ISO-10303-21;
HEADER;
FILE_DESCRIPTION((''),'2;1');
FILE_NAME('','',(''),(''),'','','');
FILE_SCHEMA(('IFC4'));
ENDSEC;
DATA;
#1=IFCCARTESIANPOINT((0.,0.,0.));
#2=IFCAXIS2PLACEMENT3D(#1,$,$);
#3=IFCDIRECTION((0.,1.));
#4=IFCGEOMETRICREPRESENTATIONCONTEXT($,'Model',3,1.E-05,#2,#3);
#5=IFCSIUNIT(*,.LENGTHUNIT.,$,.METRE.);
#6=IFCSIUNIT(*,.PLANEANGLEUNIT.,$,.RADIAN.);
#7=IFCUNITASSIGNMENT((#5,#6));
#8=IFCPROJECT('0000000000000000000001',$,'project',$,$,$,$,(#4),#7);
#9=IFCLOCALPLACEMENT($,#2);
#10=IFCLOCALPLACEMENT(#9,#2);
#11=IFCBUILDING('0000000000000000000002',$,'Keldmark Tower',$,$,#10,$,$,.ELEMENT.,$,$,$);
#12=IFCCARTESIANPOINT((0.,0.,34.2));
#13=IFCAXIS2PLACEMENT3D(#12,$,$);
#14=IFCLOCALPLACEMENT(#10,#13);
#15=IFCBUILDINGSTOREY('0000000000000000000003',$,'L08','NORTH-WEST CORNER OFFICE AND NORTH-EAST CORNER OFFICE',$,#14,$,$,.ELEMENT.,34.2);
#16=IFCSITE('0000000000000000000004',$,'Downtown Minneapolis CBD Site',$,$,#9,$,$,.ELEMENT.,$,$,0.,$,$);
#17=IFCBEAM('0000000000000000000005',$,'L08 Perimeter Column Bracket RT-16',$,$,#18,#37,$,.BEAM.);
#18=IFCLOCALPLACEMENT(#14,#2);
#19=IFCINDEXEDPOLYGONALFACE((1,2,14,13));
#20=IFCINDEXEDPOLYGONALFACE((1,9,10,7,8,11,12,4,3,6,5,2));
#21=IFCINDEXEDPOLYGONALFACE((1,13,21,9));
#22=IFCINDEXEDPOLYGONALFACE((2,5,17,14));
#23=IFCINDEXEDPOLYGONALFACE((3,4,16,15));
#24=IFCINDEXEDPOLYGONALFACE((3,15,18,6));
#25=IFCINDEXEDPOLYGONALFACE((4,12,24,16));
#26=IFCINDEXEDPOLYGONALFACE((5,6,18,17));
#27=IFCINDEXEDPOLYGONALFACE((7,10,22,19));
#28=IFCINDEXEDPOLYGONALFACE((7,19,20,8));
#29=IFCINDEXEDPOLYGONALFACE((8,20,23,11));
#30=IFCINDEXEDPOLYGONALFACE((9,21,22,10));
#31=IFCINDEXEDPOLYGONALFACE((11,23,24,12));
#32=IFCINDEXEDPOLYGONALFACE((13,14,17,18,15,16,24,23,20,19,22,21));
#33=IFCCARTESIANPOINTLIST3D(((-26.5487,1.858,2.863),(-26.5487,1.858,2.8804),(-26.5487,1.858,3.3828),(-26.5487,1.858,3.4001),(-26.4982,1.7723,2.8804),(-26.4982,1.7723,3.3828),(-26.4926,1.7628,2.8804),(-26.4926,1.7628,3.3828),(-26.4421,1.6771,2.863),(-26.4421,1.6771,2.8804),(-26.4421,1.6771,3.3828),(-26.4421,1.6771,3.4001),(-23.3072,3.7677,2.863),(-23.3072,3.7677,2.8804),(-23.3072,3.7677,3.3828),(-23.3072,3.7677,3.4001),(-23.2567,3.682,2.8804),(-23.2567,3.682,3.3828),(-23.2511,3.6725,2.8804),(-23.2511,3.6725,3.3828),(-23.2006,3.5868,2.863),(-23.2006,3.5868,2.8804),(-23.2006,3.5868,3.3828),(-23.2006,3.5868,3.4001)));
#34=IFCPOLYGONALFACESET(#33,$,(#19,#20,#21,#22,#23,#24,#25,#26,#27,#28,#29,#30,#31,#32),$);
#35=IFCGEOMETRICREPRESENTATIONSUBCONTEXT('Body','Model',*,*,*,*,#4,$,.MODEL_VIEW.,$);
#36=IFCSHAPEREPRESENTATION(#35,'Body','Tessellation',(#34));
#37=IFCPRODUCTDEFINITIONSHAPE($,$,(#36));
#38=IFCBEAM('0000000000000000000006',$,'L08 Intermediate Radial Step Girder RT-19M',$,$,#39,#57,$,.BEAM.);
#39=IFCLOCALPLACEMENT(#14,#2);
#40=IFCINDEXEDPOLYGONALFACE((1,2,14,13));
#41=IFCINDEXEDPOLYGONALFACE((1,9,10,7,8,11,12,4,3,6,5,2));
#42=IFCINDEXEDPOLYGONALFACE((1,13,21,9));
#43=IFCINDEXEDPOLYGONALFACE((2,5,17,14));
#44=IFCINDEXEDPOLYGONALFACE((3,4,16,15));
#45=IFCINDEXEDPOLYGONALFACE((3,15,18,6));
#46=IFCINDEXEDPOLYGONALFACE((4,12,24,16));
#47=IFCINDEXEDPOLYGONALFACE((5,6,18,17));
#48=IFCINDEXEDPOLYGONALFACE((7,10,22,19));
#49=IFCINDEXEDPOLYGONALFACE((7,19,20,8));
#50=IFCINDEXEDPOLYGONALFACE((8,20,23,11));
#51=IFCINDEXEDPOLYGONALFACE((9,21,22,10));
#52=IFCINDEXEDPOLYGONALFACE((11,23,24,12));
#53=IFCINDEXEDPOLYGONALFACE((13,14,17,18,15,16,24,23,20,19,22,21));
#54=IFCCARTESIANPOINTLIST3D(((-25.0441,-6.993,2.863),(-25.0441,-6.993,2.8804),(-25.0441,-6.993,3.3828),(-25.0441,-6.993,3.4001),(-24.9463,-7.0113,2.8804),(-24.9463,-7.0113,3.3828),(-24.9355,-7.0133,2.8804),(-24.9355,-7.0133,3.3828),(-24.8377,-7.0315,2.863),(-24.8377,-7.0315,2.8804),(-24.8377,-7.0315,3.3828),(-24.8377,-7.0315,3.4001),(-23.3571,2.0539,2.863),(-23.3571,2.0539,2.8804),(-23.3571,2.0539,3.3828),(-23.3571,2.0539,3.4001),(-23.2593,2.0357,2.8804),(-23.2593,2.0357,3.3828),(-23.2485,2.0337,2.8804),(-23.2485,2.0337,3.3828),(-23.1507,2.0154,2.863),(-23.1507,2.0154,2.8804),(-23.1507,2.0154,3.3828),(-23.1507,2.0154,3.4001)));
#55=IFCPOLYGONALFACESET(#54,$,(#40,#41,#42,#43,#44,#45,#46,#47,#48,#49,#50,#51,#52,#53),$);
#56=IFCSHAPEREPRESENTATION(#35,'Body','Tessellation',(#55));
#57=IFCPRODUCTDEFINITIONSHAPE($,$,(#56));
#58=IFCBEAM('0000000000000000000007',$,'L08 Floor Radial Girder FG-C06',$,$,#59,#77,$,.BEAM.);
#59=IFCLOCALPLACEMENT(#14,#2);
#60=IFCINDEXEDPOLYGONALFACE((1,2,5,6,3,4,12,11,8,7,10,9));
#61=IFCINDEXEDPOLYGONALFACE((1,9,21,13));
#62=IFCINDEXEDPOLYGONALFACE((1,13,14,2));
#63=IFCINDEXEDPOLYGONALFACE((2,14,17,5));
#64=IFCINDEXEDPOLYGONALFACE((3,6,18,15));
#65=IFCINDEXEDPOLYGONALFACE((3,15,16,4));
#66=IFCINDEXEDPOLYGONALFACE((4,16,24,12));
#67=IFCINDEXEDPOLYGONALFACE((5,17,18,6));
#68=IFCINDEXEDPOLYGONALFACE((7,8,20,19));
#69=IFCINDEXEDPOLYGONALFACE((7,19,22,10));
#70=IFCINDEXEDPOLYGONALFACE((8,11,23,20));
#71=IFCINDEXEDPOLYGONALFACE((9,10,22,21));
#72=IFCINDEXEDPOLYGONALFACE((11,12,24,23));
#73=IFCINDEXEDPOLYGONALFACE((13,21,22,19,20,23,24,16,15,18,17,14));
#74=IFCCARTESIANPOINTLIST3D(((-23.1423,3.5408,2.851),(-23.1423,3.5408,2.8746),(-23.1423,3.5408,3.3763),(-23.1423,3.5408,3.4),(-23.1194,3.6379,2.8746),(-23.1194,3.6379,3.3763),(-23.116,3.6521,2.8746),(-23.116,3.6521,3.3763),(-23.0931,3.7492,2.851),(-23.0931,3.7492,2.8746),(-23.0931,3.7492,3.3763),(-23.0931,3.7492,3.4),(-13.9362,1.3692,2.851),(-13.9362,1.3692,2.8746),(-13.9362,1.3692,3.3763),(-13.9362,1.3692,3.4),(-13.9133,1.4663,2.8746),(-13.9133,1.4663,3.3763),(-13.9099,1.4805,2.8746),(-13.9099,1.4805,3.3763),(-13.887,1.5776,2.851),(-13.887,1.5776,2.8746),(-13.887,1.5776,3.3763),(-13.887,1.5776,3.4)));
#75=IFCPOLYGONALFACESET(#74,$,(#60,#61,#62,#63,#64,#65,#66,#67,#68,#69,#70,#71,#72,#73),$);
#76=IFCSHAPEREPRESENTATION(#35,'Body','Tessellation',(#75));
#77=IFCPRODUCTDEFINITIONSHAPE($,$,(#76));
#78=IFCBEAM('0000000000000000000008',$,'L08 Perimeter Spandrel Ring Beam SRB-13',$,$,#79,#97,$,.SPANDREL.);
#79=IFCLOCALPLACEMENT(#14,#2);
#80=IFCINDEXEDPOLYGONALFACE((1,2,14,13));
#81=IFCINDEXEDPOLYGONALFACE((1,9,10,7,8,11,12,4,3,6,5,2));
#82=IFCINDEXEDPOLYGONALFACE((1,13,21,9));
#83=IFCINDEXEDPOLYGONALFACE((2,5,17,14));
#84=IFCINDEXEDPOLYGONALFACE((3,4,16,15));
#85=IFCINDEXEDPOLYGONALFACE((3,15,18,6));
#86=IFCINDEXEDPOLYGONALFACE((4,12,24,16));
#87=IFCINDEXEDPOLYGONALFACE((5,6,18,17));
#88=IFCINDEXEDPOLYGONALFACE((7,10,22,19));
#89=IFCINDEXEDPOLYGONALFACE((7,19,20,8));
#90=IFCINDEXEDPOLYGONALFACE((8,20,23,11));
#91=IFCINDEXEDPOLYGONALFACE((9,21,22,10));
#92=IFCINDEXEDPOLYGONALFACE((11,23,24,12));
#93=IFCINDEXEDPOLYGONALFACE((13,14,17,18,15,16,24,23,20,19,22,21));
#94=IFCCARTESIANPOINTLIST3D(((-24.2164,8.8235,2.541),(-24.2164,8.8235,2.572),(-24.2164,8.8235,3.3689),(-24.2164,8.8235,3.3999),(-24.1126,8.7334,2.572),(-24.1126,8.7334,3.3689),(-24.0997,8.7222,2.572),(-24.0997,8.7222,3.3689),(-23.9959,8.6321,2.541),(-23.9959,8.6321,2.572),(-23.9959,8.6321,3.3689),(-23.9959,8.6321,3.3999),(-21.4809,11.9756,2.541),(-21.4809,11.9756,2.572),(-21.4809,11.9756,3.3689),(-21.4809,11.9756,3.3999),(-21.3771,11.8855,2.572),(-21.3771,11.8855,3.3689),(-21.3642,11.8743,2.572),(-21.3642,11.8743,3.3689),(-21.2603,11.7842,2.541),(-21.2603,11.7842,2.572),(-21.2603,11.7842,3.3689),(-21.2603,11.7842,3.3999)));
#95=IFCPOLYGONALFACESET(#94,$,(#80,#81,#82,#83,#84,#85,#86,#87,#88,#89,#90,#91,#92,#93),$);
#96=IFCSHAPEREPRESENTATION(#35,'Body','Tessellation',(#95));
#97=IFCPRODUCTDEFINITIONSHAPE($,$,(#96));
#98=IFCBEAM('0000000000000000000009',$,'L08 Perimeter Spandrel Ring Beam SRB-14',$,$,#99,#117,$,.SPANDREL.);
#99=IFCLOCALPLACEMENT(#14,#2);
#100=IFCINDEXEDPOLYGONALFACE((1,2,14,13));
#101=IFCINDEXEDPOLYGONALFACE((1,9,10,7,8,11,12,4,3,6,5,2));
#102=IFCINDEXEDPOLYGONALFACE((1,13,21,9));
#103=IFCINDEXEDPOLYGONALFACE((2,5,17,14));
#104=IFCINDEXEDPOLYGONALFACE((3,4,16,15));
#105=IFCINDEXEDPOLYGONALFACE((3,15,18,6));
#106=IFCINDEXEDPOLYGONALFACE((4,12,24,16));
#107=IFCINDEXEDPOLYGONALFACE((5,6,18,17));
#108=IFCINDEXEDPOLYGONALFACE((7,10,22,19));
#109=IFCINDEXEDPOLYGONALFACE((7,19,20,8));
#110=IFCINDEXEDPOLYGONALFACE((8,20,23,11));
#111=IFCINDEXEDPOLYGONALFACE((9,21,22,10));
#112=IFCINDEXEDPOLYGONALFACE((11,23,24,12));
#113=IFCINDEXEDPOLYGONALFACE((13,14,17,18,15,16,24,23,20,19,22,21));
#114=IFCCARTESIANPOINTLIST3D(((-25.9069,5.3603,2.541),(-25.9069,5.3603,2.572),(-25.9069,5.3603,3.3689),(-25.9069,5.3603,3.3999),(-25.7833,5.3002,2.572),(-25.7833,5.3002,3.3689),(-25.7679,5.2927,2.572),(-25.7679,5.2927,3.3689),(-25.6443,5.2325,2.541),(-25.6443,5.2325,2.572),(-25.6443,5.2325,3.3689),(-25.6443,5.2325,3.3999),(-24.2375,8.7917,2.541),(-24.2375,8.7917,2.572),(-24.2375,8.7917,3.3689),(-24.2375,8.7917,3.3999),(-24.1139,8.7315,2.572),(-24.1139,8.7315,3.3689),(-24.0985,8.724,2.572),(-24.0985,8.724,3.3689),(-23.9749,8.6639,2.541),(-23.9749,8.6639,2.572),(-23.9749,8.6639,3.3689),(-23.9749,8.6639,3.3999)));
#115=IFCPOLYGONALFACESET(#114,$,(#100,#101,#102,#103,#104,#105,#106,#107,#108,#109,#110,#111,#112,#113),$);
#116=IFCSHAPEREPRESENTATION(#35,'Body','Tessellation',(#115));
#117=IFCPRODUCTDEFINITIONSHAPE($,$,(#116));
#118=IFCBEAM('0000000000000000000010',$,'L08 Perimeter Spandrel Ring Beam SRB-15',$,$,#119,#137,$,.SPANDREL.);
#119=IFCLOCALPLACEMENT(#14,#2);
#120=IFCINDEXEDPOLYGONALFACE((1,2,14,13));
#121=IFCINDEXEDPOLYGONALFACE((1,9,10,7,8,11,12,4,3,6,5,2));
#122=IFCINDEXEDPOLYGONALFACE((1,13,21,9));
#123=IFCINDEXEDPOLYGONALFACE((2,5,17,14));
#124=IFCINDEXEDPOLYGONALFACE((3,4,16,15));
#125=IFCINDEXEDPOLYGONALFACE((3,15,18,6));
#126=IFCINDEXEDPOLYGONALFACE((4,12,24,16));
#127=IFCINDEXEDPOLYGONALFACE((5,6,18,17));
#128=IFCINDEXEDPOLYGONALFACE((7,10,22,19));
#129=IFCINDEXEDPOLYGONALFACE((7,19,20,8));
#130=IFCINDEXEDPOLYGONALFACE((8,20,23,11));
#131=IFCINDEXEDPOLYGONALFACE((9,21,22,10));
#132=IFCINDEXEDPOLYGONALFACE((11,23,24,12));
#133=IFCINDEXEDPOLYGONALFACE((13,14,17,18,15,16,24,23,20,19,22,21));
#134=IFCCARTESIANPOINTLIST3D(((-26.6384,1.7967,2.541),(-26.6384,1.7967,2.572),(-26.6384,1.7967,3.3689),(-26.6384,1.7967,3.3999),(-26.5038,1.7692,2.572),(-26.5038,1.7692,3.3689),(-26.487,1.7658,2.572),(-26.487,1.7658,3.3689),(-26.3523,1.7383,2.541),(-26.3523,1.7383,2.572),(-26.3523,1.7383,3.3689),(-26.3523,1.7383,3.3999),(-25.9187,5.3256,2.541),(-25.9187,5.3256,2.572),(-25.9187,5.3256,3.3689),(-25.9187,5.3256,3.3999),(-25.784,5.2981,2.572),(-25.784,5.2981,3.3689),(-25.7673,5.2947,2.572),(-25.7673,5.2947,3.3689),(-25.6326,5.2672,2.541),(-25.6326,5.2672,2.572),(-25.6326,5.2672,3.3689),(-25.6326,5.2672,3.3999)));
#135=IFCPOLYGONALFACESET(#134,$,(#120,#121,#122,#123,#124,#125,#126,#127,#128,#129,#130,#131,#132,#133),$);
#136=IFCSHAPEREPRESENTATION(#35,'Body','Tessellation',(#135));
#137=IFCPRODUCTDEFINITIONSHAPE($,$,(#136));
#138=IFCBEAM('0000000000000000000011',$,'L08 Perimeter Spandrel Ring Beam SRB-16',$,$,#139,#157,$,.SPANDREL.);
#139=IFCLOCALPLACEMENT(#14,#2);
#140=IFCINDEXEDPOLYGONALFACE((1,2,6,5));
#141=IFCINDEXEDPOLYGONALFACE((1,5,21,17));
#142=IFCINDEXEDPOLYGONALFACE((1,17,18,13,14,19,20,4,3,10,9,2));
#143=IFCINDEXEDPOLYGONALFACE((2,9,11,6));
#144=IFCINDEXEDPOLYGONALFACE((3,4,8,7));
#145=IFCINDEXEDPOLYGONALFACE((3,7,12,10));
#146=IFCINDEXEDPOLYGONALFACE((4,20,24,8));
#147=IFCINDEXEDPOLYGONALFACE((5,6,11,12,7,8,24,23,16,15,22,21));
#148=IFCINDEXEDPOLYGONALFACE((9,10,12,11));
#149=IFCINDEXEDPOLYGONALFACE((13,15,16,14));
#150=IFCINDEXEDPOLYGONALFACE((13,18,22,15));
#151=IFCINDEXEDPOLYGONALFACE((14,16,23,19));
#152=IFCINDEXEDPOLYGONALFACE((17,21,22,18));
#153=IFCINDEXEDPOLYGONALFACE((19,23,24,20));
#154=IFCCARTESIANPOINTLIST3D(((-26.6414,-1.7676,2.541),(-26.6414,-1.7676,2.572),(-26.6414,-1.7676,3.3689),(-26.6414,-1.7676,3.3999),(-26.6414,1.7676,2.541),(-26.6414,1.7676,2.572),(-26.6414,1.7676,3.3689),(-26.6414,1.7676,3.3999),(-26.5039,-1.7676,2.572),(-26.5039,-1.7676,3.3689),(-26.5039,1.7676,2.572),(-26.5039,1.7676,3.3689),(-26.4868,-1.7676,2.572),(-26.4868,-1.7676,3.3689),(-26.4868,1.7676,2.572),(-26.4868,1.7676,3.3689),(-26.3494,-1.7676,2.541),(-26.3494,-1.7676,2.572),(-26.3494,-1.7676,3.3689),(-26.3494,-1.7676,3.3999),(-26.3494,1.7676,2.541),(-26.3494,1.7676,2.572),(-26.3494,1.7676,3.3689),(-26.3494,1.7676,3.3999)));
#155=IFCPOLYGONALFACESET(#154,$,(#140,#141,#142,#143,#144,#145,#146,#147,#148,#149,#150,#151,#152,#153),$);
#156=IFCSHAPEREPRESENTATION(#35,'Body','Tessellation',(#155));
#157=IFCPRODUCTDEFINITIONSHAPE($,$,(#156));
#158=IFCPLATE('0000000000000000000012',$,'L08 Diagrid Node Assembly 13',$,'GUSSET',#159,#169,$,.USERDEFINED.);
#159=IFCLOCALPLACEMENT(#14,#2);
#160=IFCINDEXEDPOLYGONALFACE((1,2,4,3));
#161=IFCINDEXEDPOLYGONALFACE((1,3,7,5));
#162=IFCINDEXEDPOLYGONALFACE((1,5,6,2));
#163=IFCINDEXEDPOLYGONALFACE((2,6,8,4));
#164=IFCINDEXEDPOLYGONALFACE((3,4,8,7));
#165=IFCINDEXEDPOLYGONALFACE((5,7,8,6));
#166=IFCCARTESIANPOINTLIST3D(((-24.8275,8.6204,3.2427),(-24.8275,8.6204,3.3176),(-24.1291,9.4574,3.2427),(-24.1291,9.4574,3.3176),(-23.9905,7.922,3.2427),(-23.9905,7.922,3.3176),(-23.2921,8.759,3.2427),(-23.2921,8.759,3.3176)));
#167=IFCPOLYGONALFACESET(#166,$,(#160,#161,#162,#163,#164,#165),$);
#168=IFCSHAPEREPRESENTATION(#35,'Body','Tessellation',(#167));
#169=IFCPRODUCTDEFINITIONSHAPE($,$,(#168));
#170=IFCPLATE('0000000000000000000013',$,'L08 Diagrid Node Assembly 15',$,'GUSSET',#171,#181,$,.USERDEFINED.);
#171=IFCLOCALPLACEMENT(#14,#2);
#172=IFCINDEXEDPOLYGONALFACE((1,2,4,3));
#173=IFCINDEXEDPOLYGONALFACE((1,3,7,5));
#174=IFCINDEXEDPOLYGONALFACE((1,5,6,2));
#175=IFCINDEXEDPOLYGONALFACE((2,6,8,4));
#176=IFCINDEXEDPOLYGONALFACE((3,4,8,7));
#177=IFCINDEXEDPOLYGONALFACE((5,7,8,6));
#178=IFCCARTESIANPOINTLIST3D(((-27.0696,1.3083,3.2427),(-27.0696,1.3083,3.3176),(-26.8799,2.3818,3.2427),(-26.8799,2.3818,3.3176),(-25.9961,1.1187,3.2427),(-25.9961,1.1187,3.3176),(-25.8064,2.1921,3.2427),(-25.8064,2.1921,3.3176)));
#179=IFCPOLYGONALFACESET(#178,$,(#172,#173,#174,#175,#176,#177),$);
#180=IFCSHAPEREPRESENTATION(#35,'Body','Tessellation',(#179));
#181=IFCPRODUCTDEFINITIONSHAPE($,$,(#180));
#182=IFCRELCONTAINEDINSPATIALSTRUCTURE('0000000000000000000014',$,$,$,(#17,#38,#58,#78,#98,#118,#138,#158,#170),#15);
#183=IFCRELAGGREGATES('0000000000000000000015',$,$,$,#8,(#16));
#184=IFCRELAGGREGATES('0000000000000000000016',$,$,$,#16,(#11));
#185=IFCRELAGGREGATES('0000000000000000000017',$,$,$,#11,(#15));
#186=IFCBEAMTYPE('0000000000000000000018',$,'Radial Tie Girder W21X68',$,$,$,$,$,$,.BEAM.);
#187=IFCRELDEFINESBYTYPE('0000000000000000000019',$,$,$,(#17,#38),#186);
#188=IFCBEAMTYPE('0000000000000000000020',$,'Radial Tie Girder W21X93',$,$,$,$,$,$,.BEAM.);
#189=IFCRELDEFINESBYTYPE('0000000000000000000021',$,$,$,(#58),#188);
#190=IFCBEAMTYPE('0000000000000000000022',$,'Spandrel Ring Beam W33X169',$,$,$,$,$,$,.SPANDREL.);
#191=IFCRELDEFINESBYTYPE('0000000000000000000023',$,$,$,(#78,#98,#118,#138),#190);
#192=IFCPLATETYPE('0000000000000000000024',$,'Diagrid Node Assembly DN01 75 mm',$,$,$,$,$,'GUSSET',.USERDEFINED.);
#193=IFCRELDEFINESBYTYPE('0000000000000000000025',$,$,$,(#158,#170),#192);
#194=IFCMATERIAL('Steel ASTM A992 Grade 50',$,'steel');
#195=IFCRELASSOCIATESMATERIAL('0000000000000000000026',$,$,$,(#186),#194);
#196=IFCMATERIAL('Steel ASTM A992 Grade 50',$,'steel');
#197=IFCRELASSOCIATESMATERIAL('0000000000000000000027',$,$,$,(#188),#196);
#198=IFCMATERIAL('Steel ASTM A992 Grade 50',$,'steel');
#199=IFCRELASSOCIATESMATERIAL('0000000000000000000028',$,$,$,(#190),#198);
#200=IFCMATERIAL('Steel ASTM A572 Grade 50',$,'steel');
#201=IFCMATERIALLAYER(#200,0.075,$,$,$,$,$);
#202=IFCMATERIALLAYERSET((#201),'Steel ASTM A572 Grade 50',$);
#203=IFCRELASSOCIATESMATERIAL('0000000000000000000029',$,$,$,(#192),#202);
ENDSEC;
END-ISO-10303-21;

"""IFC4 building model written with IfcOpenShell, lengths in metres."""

from ifc_helpers import new_model, si_unit, direction, frame, origin, origin_2d, place, context, subcontext, project, spatial, rectangle, i_section, extrude, material, layer, layer_set, material_profile, profile_set, type_object, element, save


model = new_model("IFC4")

# Units and contexts
model_context = context("Model", 3, precision=1e-05, world=origin(), true_north=direction((0.0, 1.0)))
body_context = subcontext(model_context, "Body", "Model", "MODEL_VIEW")
ifc_project = project(units=[si_unit("LENGTHUNIT", "METRE"), si_unit("PLANEANGLEUNIT", "RADIAN")], contexts=[model_context])

# Site, building, storey
site_placement = place(None, origin())
site = spatial("IfcSite", under=ifc_project, at=site_placement, Name="Downtown Minneapolis CBD Site", CompositionType="ELEMENT", RefElevation=0.0)
building_placement = place(site_placement, origin())
building = spatial("IfcBuilding", under=site, at=building_placement, Name="Keldmark Tower", CompositionType="ELEMENT")
storey_placement = place(building_placement, frame((0.0, 0.0, 34.2)))
storey = spatial("IfcBuildingStorey", under=building, at=storey_placement, Name="L08", Description="NORTH-WEST CORNER OFFICE AND NORTH-EAST CORNER OFFICE", CompositionType="ELEMENT", Elevation=34.2)

# Beams
ifc_material_1 = material(Name="Steel ASTM A992 Grade 50", Category="steel")
ifc_material_profile_1 = material_profile(ifc_material_1, i_section(OverallWidth=0.21, OverallDepth=0.5371, WebThickness=0.011, FlangeThickness=0.0173, at=origin_2d()), Name="W21X68")
ifc_profile_set_1 = profile_set([ifc_material_profile_1], Name="Steel ASTM A992 Grade 50")
beam_type_1 = type_object("IfcBeamType", Name="Radial Tie Girder W21X68", PredefinedType="BEAM", material=ifc_profile_set_1)
beam_1_placement = place(storey_placement, frame((-23.2539, 3.6772, 3.1316), z_axis=(-0.861594, -0.507599, 0.0), x_axis=(0.507599, -0.861594, 0.0)))
element("IfcBeam", 1, at=beam_1_placement, inside=storey, type_object=beam_type_1, Name="L08 Perimeter Column Bracket RT-16", PredefinedType="BEAM", context=body_context, shape_type="SweptSolid", body=[
    extrude(i_section(OverallWidth=0.21, OverallDepth=0.5371, WebThickness=0.011, FlangeThickness=0.0173, at=origin_2d()), origin(), (0.0, 0.0, 1.0), 3.7622),
])
beam_2_placement = place(storey_placement, frame((-23.2539, 2.0347, 3.1316), z_axis=(-0.183315, -0.983054, 0.0), x_axis=(0.983054, -0.183315, 0.0)))
element("IfcBeam", 2, at=beam_2_placement, inside=storey, type_object=beam_type_1, Name="L08 Intermediate Radial Step Girder RT-19M", PredefinedType="BEAM", context=body_context, shape_type="SweptSolid", body=[
    extrude(i_section(OverallWidth=0.21, OverallDepth=0.5371, WebThickness=0.011, FlangeThickness=0.0173, at=origin_2d()), origin(), (0.0, 0.0, 1.0), 9.2029),
])
ifc_material_2 = material(Name="Steel ASTM A992 Grade 50", Category="steel")
ifc_material_profile_2 = material_profile(ifc_material_2, i_section(OverallWidth=0.2141, OverallDepth=0.5491, WebThickness=0.0146, FlangeThickness=0.0237, at=origin_2d()), Name="W21X93")
ifc_profile_set_2 = profile_set([ifc_material_profile_2], Name="Steel ASTM A992 Grade 50")
beam_type_2 = type_object("IfcBeamType", Name="Radial Tie Girder W21X93", PredefinedType="BEAM", material=ifc_profile_set_2)
beam_3_placement = place(storey_placement, frame((-23.1177, 3.645, 3.1255), z_axis=(0.973287, -0.22959, 0.0), x_axis=(0.22959, 0.973287, 0.0)))
element("IfcBeam", 3, at=beam_3_placement, inside=storey, type_object=beam_type_2, Name="L08 Floor Radial Girder FG-C06", PredefinedType="BEAM", context=body_context, shape_type="SweptSolid", body=[
    extrude(i_section(OverallWidth=0.2141, OverallDepth=0.5491, WebThickness=0.0146, FlangeThickness=0.0237, at=origin_2d()), origin(), (0.0, 0.0, 1.0), 9.4587),
])
ifc_material_3 = material(Name="Steel ASTM A992 Grade 50", Category="steel")
ifc_material_profile_3 = material_profile(ifc_material_3, i_section(OverallWidth=0.292, OverallDepth=0.8589, WebThickness=0.0171, FlangeThickness=0.031, at=origin_2d()), Name="W33X169")
ifc_profile_set_3 = profile_set([ifc_material_profile_3], Name="Steel ASTM A992 Grade 50")
beam_type_3 = type_object("IfcBeamType", Name="Spandrel Ring Beam W33X169", PredefinedType="SPANDREL", material=ifc_profile_set_3)
beam_4_placement = place(storey_placement, frame((-21.3706, 11.8799, 2.9705), z_axis=(-0.655447, -0.755241, 0.0), x_axis=(0.755241, -0.655447, 0.0)))
element("IfcBeam", 4, at=beam_4_placement, inside=storey, type_object=beam_type_3, Name="L08 Perimeter Spandrel Ring Beam SRB-13", PredefinedType="SPANDREL", context=body_context, shape_type="SweptSolid", body=[
    extrude(i_section(OverallWidth=0.292, OverallDepth=0.8589, WebThickness=0.0171, FlangeThickness=0.031, at=origin_2d()), origin(), (0.0, 0.0, 1.0), 4.1736),
])
beam_5_placement = place(storey_placement, frame((-24.1062, 8.7278, 2.9705), z_axis=(-0.437488, -0.899224, 0.0), x_axis=(0.899224, -0.437488, 0.0)))
element("IfcBeam", 5, at=beam_5_placement, inside=storey, type_object=beam_type_3, Name="L08 Perimeter Spandrel Ring Beam SRB-14", PredefinedType="SPANDREL", context=body_context, shape_type="SweptSolid", body=[
    extrude(i_section(OverallWidth=0.292, OverallDepth=0.8589, WebThickness=0.0171, FlangeThickness=0.031, at=origin_2d()), origin(), (0.0, 0.0, 1.0), 3.8159),
])
beam_6_placement = place(storey_placement, frame((-25.7756, 5.2964, 2.9705), z_axis=(-0.199843, -0.979828, 0.0), x_axis=(0.979828, -0.199843, 0.0)))
element("IfcBeam", 6, at=beam_6_placement, inside=storey, type_object=beam_type_3, Name="L08 Perimeter Spandrel Ring Beam SRB-15", PredefinedType="SPANDREL", context=body_context, shape_type="SweptSolid", body=[
    extrude(i_section(OverallWidth=0.292, OverallDepth=0.8589, WebThickness=0.0171, FlangeThickness=0.031, at=origin_2d()), origin(), (0.0, 0.0, 1.0), 3.6016),
])
beam_7_placement = place(storey_placement, frame((-26.4954, 1.7676, 2.9705), z_axis=(0.0, -1.0, 0.0), x_axis=(1.0, 0.0, 0.0)))
element("IfcBeam", 7, at=beam_7_placement, inside=storey, type_object=beam_type_3, Name="L08 Perimeter Spandrel Ring Beam SRB-16", PredefinedType="SPANDREL", context=body_context, shape_type="SweptSolid", body=[
    extrude(i_section(OverallWidth=0.292, OverallDepth=0.8589, WebThickness=0.0171, FlangeThickness=0.031, at=origin_2d()), origin(), (0.0, 0.0, 1.0), 3.5352),
])

# Plates
ifc_material_4 = material(Name="Steel ASTM A572 Grade 50", Category="steel")
ifc_layer_1 = layer(ifc_material_4, 0.075)
ifc_layer_set_1 = layer_set([ifc_layer_1], Name="Steel ASTM A572 Grade 50")
plate_type = type_object("IfcPlateType", Name="Diagrid Node Assembly DN01 75 mm", ElementType="GUSSET", PredefinedType="USERDEFINED", material=ifc_layer_set_1)
for number, where, z_axis, x_axis, name in (
    (8, (-24.0598, 8.6897, 3.2427), (0.0, 0.0, 1.0), (-0.640646, -0.767836, 0.0), "L08 Diagrid Node Assembly 13"),
    (9, (-26.438, 1.7502, 3.2427), (0.0, 0.0, 1.0), (-0.173992, -0.984747, 0.0), "L08 Diagrid Node Assembly 15"),
):
    element("IfcPlate", number, at=place(storey_placement, frame(where, z_axis=z_axis, x_axis=x_axis)), inside=storey, type_object=plate_type, Name=name, ObjectType="GUSSET", PredefinedType="USERDEFINED", context=body_context, shape_type="SweptSolid", body=[
        extrude(rectangle(XDim=1.0901, YDim=1.0901, at=origin_2d()), origin(), (0.0, 0.0, 1.0), 0.075),
    ])

save(model, "model.ifc")
